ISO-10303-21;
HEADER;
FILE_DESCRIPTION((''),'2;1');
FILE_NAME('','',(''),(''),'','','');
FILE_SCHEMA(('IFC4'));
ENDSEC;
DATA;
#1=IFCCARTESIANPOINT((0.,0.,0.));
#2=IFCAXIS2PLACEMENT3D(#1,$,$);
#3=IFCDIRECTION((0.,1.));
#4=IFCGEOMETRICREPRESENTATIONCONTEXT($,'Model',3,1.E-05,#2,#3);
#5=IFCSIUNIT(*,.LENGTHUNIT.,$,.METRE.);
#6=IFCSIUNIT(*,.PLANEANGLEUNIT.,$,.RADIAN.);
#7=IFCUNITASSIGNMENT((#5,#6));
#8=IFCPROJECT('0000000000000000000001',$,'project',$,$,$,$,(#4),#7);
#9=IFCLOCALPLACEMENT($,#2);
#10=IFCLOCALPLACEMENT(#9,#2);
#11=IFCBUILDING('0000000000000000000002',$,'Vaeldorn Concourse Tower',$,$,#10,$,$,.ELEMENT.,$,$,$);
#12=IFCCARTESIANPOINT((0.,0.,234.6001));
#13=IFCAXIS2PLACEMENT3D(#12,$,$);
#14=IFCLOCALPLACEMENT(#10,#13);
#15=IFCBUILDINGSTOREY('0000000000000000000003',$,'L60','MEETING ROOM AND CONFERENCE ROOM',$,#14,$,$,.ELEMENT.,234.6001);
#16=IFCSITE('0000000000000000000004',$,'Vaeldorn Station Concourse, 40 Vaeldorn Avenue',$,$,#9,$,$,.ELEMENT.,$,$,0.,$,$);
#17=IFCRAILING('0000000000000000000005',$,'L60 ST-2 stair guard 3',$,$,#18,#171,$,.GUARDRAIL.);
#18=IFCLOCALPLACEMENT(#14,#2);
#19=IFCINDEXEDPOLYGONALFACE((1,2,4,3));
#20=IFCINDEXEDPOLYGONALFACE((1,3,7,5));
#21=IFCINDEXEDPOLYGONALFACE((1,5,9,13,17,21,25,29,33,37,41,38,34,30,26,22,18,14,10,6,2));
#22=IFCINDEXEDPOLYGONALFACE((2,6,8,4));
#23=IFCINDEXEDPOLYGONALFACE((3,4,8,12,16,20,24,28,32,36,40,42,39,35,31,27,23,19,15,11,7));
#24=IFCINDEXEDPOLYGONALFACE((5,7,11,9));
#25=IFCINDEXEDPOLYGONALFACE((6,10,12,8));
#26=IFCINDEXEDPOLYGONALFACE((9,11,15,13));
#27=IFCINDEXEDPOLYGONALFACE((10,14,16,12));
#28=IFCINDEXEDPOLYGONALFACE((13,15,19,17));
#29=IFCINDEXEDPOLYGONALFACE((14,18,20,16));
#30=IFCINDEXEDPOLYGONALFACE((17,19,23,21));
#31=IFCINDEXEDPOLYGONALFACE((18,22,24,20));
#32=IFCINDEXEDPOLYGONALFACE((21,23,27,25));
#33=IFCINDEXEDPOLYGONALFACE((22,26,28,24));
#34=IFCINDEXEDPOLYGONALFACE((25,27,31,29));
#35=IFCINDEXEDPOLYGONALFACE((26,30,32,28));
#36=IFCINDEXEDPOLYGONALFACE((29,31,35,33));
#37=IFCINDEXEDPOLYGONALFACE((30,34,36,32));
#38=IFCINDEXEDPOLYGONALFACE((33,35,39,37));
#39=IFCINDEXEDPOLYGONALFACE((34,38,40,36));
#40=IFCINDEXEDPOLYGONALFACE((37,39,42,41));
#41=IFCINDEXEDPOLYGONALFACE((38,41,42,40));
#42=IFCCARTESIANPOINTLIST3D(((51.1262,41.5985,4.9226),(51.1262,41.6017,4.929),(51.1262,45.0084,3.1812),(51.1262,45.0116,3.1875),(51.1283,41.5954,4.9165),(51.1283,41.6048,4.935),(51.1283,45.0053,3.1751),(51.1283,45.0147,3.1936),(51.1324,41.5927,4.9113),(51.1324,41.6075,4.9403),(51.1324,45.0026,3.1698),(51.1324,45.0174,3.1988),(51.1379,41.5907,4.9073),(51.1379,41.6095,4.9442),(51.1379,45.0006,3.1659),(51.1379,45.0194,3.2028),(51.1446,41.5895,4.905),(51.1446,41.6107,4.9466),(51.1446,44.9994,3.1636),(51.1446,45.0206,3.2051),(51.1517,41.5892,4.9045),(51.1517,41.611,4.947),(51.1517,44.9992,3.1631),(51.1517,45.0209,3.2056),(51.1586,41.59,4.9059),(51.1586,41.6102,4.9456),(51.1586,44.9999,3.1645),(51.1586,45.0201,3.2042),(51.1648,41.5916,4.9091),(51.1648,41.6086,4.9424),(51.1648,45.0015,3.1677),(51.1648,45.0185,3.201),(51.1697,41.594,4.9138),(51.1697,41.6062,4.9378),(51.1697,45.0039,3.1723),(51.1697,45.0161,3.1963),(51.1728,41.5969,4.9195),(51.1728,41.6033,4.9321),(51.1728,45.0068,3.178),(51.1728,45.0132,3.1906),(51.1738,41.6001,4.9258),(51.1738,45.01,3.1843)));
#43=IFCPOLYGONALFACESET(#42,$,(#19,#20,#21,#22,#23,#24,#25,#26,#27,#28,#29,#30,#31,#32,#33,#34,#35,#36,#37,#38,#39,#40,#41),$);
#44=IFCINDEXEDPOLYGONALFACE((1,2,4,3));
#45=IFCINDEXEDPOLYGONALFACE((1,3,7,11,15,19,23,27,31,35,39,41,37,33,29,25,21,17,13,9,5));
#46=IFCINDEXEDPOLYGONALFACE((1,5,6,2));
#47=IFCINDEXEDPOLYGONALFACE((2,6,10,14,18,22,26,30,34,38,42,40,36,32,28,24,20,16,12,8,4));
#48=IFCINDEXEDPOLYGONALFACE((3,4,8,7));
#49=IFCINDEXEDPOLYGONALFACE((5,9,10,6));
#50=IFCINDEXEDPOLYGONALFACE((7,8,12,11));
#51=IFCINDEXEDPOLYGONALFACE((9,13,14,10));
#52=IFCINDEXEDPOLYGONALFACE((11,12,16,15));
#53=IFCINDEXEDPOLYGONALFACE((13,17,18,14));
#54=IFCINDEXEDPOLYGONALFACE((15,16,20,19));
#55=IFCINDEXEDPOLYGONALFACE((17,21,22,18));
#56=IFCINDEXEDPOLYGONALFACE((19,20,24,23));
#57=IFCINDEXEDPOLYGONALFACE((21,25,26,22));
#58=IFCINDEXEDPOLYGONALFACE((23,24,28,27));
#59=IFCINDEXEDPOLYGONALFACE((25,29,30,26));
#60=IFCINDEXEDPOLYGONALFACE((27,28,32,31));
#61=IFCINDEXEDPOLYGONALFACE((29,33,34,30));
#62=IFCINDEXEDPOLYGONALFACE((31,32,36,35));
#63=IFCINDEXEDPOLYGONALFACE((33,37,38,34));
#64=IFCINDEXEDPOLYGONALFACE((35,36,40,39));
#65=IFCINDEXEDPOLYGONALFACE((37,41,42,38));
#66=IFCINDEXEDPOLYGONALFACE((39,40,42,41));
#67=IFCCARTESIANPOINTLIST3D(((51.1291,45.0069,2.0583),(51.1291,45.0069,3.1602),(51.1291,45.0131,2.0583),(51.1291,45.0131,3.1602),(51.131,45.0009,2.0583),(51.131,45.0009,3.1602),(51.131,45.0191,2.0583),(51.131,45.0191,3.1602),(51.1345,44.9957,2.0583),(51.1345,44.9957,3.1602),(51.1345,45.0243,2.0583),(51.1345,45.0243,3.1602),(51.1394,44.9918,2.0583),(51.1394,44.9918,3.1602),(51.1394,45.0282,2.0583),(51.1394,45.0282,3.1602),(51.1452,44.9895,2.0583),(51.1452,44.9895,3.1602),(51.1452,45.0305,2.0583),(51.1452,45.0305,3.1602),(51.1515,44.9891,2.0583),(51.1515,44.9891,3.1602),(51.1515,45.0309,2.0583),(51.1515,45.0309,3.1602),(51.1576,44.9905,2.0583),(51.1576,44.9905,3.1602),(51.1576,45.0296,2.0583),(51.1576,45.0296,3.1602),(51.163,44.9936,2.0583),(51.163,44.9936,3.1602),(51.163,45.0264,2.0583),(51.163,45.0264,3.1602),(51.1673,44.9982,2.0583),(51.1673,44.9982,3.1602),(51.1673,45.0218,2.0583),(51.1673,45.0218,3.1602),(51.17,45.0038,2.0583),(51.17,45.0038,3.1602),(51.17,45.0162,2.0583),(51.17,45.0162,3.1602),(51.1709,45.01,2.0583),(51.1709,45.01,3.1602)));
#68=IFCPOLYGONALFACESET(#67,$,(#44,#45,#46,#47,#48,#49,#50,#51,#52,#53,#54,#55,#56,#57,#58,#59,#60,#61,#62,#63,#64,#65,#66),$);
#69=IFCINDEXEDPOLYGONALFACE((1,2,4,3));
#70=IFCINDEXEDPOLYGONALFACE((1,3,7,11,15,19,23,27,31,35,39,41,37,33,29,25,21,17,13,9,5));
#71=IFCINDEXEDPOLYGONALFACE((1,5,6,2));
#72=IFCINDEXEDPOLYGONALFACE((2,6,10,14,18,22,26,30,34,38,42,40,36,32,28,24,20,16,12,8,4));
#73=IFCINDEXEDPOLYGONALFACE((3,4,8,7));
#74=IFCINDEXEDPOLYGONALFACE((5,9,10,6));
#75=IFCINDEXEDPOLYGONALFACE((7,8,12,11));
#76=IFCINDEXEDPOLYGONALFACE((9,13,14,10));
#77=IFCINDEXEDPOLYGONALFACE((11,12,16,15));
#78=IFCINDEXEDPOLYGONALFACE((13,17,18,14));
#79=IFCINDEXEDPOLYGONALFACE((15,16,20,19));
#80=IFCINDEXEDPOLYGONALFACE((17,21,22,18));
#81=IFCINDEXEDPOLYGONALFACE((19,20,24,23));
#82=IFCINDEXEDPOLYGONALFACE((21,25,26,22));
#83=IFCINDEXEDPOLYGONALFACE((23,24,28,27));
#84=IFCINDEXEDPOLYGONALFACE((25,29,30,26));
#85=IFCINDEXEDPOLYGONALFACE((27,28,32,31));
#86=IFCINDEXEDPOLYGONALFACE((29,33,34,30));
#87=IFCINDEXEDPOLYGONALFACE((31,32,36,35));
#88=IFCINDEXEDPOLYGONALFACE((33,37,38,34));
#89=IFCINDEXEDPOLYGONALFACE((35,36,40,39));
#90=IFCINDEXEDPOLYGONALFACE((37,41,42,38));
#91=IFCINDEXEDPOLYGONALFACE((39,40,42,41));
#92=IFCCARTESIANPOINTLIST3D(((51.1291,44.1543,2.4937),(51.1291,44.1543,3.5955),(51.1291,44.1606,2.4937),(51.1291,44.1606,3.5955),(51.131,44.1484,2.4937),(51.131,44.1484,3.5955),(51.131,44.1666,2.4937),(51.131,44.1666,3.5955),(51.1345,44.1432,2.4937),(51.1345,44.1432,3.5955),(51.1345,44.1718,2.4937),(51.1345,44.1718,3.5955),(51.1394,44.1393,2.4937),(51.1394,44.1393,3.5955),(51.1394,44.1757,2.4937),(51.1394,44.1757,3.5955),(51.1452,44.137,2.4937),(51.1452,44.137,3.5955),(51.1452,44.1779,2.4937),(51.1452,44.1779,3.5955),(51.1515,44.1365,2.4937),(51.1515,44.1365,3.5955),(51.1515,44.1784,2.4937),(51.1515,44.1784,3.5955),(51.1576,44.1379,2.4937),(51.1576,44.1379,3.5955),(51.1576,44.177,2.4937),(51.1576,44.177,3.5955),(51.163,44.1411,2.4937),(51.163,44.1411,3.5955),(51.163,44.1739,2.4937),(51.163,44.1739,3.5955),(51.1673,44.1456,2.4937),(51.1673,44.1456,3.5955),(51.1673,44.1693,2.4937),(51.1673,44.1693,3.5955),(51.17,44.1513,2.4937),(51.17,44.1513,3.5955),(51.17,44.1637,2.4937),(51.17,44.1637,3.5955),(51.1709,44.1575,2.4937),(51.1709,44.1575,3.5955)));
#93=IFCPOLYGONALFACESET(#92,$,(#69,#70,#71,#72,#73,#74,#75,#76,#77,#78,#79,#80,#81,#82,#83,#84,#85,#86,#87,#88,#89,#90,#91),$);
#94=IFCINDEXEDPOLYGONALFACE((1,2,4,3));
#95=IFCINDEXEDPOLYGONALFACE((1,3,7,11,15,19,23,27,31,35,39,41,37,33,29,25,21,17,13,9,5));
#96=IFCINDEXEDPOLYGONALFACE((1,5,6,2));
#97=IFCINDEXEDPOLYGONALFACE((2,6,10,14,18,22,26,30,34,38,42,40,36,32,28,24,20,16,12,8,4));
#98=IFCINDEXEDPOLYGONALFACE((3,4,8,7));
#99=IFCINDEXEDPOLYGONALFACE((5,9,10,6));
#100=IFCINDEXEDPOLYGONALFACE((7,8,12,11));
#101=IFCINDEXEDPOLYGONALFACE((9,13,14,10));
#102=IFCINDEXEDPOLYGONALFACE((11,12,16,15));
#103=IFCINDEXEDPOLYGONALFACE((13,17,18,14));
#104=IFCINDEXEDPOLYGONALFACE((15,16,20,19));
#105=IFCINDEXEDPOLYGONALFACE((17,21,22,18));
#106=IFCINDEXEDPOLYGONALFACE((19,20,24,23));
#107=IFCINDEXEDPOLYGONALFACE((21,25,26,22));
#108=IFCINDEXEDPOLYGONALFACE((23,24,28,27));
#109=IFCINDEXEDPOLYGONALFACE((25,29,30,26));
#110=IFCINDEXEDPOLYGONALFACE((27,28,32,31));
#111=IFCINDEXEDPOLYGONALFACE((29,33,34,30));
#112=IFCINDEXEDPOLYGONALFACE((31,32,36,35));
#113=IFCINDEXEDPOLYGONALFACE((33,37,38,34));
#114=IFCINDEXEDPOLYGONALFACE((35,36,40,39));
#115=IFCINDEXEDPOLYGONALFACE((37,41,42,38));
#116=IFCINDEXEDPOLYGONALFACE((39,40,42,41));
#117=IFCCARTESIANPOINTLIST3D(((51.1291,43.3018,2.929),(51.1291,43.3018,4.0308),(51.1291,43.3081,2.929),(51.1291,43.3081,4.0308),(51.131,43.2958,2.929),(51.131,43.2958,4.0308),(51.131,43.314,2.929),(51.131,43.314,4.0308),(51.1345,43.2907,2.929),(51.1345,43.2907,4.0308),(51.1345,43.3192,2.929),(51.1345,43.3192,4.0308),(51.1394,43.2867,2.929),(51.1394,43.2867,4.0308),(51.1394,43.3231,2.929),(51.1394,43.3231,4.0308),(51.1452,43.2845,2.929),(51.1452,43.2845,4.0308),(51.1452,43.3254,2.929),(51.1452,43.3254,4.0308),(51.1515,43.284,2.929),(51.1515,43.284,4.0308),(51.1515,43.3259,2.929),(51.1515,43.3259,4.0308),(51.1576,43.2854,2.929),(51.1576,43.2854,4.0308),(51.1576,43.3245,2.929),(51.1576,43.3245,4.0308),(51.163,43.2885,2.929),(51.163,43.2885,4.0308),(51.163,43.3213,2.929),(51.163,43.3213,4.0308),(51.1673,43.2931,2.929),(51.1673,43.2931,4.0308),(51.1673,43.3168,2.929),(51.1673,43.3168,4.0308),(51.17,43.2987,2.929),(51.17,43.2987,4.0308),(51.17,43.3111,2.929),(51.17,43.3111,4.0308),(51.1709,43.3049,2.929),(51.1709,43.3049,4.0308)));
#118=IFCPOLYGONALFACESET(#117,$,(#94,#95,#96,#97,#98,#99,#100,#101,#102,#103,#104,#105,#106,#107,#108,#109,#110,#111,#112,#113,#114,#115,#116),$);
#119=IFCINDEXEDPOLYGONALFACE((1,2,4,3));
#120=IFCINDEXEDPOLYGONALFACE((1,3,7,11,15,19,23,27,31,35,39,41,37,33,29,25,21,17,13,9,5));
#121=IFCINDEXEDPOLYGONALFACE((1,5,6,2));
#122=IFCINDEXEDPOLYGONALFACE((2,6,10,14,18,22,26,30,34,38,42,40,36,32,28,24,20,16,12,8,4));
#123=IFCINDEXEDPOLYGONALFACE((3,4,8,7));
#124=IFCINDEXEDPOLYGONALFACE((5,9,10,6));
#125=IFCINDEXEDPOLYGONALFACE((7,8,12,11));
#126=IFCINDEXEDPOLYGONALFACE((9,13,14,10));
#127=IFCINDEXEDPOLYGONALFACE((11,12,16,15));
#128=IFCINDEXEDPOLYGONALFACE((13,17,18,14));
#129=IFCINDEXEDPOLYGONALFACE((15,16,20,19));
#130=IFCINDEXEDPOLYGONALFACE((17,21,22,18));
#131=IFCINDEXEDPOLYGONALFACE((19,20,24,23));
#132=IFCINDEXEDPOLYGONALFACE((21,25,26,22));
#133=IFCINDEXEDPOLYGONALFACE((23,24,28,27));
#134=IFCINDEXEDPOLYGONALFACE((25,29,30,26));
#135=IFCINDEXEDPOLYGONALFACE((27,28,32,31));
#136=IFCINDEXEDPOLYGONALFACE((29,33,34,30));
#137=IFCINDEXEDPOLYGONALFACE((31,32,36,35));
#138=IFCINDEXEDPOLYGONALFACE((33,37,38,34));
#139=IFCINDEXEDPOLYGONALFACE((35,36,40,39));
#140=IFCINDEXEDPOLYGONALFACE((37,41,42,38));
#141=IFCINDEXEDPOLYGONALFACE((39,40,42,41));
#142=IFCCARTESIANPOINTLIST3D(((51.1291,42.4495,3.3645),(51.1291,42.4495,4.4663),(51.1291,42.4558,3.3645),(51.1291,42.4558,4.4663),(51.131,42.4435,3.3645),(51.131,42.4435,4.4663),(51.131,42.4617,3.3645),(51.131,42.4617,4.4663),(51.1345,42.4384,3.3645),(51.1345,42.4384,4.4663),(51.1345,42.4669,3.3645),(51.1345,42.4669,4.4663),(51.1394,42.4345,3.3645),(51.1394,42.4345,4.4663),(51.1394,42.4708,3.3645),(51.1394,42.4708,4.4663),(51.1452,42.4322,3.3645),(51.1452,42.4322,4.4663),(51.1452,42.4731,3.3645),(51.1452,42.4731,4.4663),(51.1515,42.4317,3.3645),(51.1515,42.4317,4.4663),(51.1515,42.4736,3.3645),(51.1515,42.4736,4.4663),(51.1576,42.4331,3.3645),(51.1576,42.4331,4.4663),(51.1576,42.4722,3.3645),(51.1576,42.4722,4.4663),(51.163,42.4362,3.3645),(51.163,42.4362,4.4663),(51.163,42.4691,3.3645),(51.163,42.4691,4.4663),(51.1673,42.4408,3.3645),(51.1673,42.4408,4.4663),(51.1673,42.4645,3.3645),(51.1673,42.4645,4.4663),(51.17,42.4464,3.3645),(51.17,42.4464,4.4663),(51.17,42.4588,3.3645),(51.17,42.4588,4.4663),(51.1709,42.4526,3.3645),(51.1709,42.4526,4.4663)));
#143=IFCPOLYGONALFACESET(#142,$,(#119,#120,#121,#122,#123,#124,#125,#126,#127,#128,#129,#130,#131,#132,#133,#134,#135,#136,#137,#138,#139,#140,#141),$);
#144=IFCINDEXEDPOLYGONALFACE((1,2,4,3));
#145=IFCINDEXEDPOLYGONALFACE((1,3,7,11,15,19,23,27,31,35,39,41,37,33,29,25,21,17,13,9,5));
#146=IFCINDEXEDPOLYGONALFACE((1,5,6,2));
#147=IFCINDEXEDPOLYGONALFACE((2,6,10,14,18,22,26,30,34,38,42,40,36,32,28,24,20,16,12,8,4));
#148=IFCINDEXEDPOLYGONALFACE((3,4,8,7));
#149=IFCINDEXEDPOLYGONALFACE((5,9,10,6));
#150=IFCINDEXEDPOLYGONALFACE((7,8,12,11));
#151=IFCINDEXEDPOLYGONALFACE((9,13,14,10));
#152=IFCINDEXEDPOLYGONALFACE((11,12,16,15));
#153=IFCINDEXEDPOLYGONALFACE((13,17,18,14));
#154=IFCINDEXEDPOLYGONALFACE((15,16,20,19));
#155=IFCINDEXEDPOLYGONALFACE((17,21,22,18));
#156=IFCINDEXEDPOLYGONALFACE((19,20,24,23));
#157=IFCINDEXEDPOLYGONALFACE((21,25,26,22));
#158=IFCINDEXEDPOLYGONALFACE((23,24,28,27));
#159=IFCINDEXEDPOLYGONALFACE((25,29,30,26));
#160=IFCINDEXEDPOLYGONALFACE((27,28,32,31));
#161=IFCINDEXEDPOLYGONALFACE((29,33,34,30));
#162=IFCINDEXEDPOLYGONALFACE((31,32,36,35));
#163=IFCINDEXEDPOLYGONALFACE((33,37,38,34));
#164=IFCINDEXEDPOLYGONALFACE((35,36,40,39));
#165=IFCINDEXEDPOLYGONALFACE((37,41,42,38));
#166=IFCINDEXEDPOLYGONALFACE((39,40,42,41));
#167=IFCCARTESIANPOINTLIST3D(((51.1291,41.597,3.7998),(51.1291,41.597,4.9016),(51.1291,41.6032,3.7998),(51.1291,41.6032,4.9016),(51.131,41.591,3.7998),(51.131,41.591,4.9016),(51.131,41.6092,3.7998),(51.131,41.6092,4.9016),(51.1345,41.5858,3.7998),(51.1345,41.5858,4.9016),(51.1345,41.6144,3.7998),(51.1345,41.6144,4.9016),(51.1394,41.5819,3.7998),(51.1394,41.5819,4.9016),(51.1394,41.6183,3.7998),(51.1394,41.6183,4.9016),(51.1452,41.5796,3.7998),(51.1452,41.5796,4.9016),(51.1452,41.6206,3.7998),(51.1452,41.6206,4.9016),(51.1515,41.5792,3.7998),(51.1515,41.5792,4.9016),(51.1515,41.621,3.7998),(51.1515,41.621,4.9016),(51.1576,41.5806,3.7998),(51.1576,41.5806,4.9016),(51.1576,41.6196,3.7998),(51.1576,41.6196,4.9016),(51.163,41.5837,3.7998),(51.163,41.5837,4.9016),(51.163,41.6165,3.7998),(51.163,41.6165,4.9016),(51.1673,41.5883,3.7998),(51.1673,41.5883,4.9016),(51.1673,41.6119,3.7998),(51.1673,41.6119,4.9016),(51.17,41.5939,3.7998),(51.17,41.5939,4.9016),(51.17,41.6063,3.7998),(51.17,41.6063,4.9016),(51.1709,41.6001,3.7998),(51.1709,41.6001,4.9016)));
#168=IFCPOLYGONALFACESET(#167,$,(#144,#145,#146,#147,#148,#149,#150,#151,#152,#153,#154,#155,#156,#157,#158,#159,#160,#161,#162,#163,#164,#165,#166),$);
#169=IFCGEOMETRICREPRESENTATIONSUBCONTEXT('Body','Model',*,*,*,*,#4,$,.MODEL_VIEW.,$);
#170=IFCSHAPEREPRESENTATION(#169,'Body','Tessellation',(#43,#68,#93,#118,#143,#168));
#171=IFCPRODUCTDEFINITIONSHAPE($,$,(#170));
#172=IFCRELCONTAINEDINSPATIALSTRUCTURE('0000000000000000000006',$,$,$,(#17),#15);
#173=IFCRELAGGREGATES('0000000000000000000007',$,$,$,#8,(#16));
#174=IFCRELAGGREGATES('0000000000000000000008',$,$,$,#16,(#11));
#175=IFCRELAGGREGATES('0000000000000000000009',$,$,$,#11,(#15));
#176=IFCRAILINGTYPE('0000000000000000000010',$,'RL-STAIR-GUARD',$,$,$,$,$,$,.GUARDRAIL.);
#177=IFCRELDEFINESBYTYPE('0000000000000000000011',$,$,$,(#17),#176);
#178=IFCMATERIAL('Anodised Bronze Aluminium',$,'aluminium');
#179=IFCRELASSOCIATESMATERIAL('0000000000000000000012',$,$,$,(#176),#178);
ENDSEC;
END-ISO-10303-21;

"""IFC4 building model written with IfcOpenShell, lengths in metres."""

from ifc_helpers import new_model, si_unit, direction, frame, origin, origin_2d, place, context, subcontext, project, spatial, circle, extrude, material, type_object, element, save


model = new_model("IFC4")

# Units and contexts
model_context = context("Model", 3, precision=1e-05, world=origin(), true_north=direction((0.0, 1.0)))
body_context = subcontext(model_context, "Body", "Model", "MODEL_VIEW")
ifc_project = project(units=[si_unit("LENGTHUNIT", "METRE"), si_unit("PLANEANGLEUNIT", "RADIAN")], contexts=[model_context])

# Site, building, storey
site_placement = place(None, origin())
site = spatial("IfcSite", under=ifc_project, at=site_placement, Name="Vaeldorn Station Concourse, 40 Vaeldorn Avenue", CompositionType="ELEMENT", RefElevation=0.0)
building_placement = place(site_placement, origin())
building = spatial("IfcBuilding", under=site, at=building_placement, Name="Vaeldorn Concourse Tower", CompositionType="ELEMENT")
storey_placement = place(building_placement, frame((0.0, 0.0, 234.6001)))
storey = spatial("IfcBuildingStorey", under=building, at=storey_placement, Name="L60", Description="MEETING ROOM AND CONFERENCE ROOM", CompositionType="ELEMENT", Elevation=234.6001)

# Shared definitions
ifc_material_1 = material(Name="Anodised Bronze Aluminium", Category="aluminium")

# Railing
railing_type_1 = type_object("IfcRailingType", Name="RL-STAIR-GUARD", PredefinedType="GUARDRAIL", material=ifc_material_1)
railing_1_placement = place(storey_placement, frame((51.1499, 45.01, 2.0583)))
element("IfcRailing", 1, at=railing_1_placement, inside=storey, type_object=railing_type_1, Name="L60 ST-2 stair guard 3", PredefinedType="GUARDRAIL", context=body_context, shape_type="SweptSolid", body=[
    extrude(circle(Radius=0.0239, at=origin_2d()), frame((0.0, 0.0, 1.126), z_axis=(0.0, -0.890582, 0.454823), x_axis=(1.0, 0.0, 0.0)), (0.0, 0.0, 1.0), 3.8289),
    extrude(circle(Radius=0.021, at=origin_2d()), origin(), (0.0, 0.0, 1.0), 1.1018),
    extrude(circle(Radius=0.021, at=origin_2d()), frame((0.0, -0.8525, 0.4353)), (0.0, 0.0, 1.0), 1.1018),
    extrude(circle(Radius=0.021, at=origin_2d()), frame((0.0, -1.7051, 0.8706)), (0.0, 0.0, 1.0), 1.1018),
    extrude(circle(Radius=0.021, at=origin_2d()), frame((0.0, -2.5574, 1.3062)), (0.0, 0.0, 1.0), 1.1018),
    extrude(circle(Radius=0.021, at=origin_2d()), frame((0.0, -3.4099, 1.7415)), (0.0, 0.0, 1.0), 1.1018),
])

save(model, "model.ifc")
